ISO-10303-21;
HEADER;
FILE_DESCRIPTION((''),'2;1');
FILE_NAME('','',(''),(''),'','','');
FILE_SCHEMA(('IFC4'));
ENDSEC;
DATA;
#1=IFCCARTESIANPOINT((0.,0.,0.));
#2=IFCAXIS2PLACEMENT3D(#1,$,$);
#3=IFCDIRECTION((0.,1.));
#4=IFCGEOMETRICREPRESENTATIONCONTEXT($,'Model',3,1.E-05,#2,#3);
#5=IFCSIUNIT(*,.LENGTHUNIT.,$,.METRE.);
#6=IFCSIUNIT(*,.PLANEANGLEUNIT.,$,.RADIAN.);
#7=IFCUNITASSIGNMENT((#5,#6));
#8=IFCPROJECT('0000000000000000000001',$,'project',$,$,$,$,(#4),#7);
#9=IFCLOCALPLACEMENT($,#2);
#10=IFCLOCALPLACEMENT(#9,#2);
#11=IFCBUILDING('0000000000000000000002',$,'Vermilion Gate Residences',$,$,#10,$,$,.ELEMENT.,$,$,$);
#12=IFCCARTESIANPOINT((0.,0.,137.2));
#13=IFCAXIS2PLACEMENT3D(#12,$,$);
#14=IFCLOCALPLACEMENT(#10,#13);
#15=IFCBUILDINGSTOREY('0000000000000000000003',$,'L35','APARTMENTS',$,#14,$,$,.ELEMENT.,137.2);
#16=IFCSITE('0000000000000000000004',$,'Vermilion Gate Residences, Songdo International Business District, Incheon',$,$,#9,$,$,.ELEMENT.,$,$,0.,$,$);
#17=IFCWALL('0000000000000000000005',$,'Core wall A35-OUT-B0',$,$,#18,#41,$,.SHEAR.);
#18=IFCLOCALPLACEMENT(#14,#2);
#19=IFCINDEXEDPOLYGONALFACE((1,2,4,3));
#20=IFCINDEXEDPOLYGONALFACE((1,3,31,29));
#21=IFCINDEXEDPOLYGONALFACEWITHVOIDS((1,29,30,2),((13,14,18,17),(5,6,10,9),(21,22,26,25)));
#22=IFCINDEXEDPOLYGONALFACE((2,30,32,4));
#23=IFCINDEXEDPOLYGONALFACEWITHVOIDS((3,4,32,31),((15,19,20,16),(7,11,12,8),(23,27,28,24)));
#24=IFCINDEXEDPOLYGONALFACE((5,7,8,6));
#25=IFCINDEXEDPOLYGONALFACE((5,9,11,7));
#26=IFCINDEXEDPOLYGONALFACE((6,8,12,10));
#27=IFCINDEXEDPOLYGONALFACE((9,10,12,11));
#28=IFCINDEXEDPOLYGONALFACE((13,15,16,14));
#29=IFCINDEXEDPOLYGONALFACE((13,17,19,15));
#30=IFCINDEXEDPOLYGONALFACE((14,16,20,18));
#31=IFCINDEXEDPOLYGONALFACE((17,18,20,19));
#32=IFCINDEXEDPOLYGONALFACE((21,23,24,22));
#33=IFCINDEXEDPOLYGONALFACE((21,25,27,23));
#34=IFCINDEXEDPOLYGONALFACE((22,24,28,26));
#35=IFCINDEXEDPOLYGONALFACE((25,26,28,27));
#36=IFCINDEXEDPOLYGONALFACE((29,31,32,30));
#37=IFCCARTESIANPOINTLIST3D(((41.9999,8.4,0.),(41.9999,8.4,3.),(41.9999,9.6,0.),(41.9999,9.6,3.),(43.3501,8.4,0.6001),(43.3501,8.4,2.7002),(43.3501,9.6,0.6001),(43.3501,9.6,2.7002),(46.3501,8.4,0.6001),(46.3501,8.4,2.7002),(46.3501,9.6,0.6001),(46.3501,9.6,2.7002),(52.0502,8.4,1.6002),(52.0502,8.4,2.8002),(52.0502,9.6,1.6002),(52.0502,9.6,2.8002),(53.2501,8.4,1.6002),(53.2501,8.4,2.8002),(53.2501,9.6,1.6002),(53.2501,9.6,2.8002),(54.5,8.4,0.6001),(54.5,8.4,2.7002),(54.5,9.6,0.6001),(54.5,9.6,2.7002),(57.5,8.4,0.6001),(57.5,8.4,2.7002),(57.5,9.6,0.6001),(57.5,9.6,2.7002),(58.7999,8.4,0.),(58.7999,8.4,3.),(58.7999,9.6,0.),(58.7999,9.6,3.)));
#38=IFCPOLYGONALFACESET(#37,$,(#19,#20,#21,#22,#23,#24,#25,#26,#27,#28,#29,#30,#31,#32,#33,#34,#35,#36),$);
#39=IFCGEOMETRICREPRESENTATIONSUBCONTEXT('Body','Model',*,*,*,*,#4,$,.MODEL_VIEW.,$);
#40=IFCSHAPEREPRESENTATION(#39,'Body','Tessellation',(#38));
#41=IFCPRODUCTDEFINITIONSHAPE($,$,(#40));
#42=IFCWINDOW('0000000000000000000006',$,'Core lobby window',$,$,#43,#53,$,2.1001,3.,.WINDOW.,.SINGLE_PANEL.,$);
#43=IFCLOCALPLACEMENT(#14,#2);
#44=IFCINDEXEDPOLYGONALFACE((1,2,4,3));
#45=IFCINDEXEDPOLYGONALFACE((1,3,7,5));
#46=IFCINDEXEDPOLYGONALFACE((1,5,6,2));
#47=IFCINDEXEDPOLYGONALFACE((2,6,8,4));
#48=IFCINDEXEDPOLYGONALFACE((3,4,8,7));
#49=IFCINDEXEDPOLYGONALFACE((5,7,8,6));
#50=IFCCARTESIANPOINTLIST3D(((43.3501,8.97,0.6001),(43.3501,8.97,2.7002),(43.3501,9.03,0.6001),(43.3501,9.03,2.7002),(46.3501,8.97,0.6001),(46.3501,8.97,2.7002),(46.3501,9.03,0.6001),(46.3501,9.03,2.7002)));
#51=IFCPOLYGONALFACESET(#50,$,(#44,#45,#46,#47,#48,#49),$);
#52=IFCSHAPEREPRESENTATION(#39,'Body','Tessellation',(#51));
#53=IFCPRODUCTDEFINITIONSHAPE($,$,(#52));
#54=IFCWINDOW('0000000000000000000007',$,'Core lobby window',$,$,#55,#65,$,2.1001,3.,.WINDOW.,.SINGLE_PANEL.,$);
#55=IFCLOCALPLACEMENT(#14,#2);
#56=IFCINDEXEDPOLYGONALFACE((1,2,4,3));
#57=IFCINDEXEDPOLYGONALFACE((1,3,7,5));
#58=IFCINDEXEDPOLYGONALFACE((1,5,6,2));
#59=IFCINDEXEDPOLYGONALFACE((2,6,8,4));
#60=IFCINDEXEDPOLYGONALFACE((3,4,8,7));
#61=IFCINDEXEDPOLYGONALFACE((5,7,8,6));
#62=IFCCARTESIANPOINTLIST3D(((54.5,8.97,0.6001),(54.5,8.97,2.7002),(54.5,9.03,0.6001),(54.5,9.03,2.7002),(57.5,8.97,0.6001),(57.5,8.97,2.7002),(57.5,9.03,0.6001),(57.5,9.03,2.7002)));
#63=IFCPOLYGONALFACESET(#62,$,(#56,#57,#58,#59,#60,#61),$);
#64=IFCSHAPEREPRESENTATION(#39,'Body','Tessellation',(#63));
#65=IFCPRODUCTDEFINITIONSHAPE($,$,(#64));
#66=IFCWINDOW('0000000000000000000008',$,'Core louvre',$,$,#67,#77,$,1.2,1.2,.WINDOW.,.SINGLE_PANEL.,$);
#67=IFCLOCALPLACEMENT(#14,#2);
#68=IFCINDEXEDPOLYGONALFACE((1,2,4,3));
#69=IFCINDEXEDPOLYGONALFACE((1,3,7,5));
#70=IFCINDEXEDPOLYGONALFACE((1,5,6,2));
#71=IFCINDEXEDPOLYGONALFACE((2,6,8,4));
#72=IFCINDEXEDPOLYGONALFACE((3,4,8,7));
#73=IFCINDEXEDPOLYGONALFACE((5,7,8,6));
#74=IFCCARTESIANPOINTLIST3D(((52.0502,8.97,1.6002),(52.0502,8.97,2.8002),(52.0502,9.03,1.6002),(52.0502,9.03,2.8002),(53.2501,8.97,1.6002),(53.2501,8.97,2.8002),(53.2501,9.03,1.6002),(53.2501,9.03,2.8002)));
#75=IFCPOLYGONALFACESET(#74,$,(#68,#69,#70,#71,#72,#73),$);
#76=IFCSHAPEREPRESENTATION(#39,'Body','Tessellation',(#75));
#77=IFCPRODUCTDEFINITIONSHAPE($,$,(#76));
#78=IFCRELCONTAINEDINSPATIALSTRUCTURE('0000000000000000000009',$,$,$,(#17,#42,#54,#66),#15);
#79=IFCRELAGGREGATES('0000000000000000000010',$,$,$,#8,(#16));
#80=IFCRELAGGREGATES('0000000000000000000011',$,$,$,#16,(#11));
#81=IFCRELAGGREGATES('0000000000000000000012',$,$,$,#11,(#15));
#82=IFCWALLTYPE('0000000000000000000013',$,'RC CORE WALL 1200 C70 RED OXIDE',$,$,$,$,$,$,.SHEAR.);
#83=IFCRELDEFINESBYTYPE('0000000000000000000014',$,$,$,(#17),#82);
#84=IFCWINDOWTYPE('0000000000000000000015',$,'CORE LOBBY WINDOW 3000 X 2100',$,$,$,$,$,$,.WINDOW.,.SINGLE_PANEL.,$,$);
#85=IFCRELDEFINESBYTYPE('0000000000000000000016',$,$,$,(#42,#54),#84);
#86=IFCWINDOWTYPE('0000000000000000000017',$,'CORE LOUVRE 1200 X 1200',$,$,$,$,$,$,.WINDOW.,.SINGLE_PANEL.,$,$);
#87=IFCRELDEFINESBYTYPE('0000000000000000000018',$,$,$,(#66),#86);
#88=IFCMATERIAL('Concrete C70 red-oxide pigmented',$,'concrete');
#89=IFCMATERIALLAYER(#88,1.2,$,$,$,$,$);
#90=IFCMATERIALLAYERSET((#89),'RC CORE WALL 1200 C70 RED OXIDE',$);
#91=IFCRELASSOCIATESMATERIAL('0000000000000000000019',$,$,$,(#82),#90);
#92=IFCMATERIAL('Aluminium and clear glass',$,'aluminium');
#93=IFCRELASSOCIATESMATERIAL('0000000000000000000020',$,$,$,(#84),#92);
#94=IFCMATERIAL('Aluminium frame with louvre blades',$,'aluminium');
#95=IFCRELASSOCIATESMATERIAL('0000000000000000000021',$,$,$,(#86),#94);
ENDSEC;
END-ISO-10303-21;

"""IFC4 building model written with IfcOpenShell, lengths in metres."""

from ifc_helpers import new_model, si_unit, direction, frame, frame_2d, origin, place, context, subcontext, project, spatial, rectangle, extrude, material, layer, layer_set, type_object, element, fill, save


model = new_model("IFC4")

# Units and contexts
model_context = context("Model", 3, precision=1e-05, world=origin(), true_north=direction((0.0, 1.0)))
body_context = subcontext(model_context, "Body", "Model", "MODEL_VIEW")
ifc_project = project(units=[si_unit("LENGTHUNIT", "METRE"), si_unit("PLANEANGLEUNIT", "RADIAN")], contexts=[model_context])

# Site, building, storey
site_placement = place(None, origin())
site = spatial("IfcSite", under=ifc_project, at=site_placement, Name="Vermilion Gate Residences, Songdo International Business District, Incheon", CompositionType="ELEMENT", RefElevation=0.0)
building_placement = place(site_placement, origin())
building = spatial("IfcBuilding", under=site, at=building_placement, Name="Vermilion Gate Residences", CompositionType="ELEMENT")
storey_placement = place(building_placement, frame((0.0, 0.0, 137.2)))
storey = spatial("IfcBuildingStorey", under=building, at=storey_placement, Name="L35", Description="APARTMENTS", CompositionType="ELEMENT", Elevation=137.2)

# Wall, openings, windows
ifc_material_1 = material(Name="Concrete C70 red-oxide pigmented", Category="concrete")
ifc_layer_1 = layer(ifc_material_1, 1.2)
ifc_layer_set_1 = layer_set([ifc_layer_1], Name="RC CORE WALL 1200 C70 RED OXIDE")
wall_type_1 = type_object("IfcWallType", Name="RC CORE WALL 1200 C70 RED OXIDE", PredefinedType="SHEAR", material=ifc_layer_set_1)
wall_1_placement = place(storey_placement, frame((42.0, 9.0, 0.0), z_axis=(0.0, 0.0, 1.0), x_axis=(1.0, 0.0, 0.0)))
wall_1 = element("IfcWall", 1, at=wall_1_placement, inside=storey, type_object=wall_type_1, Name="Core wall A35-OUT-B0", PredefinedType="SHEAR", context=body_context, shape_type="SweptSolid", body=[
    extrude(rectangle(XDim=16.8, YDim=1.2, at=frame_2d((8.3999, 0.0))), origin(), (0.0, 0.0, 1.0), 3.0),
])
opening_1_placement = place(wall_1_placement, frame((1.3501, 0.0, 0.6001)))
opening_1 = element("IfcOpeningElement", 2, at=opening_1_placement, cuts=wall_1, PredefinedType="OPENING", context=body_context, shape_type="SweptSolid", body=[
    extrude(rectangle(XDim=3.0, YDim=2.1001, at=frame_2d((1.5, 1.05))), frame((0.0, 0.6099, 0.0), z_axis=(0.0, -1.0, 0.0), x_axis=(1.0, 0.0, 0.0)), (0.0, 0.0, 1.0), 1.22),
])
opening_2_placement = place(wall_1_placement, frame((10.05, 0.0, 1.6001)))
opening_2 = element("IfcOpeningElement", 3, at=opening_2_placement, cuts=wall_1, PredefinedType="OPENING", context=body_context, shape_type="SweptSolid", body=[
    extrude(rectangle(XDim=1.2, YDim=1.2, at=frame_2d((0.6001, 0.6001))), frame((0.0, 0.6099, 0.0), z_axis=(0.0, -1.0, 0.0), x_axis=(1.0, 0.0, 0.0)), (0.0, 0.0, 1.0), 1.22),
])
opening_3_placement = place(wall_1_placement, frame((12.5, 0.0, 0.6001)))
opening_3 = element("IfcOpeningElement", 4, at=opening_3_placement, cuts=wall_1, PredefinedType="OPENING", context=body_context, shape_type="SweptSolid", body=[
    extrude(rectangle(XDim=3.0, YDim=2.1001, at=frame_2d((1.5, 1.05))), frame((0.0, 0.6099, 0.0), z_axis=(0.0, -1.0, 0.0), x_axis=(1.0, 0.0, 0.0)), (0.0, 0.0, 1.0), 1.22),
])
ifc_material_2 = material(Name="Aluminium and clear glass", Category="aluminium")
window_type_1 = type_object("IfcWindowType", Name="CORE LOBBY WINDOW 3000 X 2100", PartitioningType="SINGLE_PANEL", PredefinedType="WINDOW", material=ifc_material_2)
window_1_placement = place(opening_1_placement, origin())
window_1 = element("IfcWindow", 5, at=window_1_placement, inside=storey, type_object=window_type_1, Name="Core lobby window", OverallHeight=2.1001, OverallWidth=3.0, PartitioningType="SINGLE_PANEL", PredefinedType="WINDOW", context=body_context, shape_type="SweptSolid", body=[
    extrude(rectangle(XDim=3.0, YDim=2.1001, at=frame_2d((1.5, 1.05))), frame((0.0, 0.03, 0.0), z_axis=(0.0, -1.0, 0.0), x_axis=(1.0, 0.0, 0.0)), (0.0, 0.0, 1.0), 0.0601),
])
fill(opening_1, window_1)
window_2_placement = place(opening_3_placement, origin())
window_2 = element("IfcWindow", 6, at=window_2_placement, inside=storey, type_object=window_type_1, Name="Core lobby window", OverallHeight=2.1001, OverallWidth=3.0, PartitioningType="SINGLE_PANEL", PredefinedType="WINDOW", context=body_context, shape_type="SweptSolid", body=[
    extrude(rectangle(XDim=3.0, YDim=2.1001, at=frame_2d((1.5, 1.05))), frame((0.0, 0.03, 0.0), z_axis=(0.0, -1.0, 0.0), x_axis=(1.0, 0.0, 0.0)), (0.0, 0.0, 1.0), 0.0601),
])
fill(opening_3, window_2)
ifc_material_3 = material(Name="Aluminium frame with louvre blades", Category="aluminium")
window_type_2 = type_object("IfcWindowType", Name="CORE LOUVRE 1200 X 1200", PartitioningType="SINGLE_PANEL", PredefinedType="WINDOW", material=ifc_material_3)
window_3_placement = place(opening_2_placement, origin())
window_3 = element("IfcWindow", 7, at=window_3_placement, inside=storey, type_object=window_type_2, Name="Core louvre", OverallHeight=1.2, OverallWidth=1.2, PartitioningType="SINGLE_PANEL", PredefinedType="WINDOW", context=body_context, shape_type="SweptSolid", body=[
    extrude(rectangle(XDim=1.2, YDim=1.2, at=frame_2d((0.6001, 0.6001))), frame((0.0, 0.03, 0.0), z_axis=(0.0, -1.0, 0.0), x_axis=(1.0, 0.0, 0.0)), (0.0, 0.0, 1.0), 0.0601),
])
fill(opening_2, window_3)

save(model, "model.ifc")
